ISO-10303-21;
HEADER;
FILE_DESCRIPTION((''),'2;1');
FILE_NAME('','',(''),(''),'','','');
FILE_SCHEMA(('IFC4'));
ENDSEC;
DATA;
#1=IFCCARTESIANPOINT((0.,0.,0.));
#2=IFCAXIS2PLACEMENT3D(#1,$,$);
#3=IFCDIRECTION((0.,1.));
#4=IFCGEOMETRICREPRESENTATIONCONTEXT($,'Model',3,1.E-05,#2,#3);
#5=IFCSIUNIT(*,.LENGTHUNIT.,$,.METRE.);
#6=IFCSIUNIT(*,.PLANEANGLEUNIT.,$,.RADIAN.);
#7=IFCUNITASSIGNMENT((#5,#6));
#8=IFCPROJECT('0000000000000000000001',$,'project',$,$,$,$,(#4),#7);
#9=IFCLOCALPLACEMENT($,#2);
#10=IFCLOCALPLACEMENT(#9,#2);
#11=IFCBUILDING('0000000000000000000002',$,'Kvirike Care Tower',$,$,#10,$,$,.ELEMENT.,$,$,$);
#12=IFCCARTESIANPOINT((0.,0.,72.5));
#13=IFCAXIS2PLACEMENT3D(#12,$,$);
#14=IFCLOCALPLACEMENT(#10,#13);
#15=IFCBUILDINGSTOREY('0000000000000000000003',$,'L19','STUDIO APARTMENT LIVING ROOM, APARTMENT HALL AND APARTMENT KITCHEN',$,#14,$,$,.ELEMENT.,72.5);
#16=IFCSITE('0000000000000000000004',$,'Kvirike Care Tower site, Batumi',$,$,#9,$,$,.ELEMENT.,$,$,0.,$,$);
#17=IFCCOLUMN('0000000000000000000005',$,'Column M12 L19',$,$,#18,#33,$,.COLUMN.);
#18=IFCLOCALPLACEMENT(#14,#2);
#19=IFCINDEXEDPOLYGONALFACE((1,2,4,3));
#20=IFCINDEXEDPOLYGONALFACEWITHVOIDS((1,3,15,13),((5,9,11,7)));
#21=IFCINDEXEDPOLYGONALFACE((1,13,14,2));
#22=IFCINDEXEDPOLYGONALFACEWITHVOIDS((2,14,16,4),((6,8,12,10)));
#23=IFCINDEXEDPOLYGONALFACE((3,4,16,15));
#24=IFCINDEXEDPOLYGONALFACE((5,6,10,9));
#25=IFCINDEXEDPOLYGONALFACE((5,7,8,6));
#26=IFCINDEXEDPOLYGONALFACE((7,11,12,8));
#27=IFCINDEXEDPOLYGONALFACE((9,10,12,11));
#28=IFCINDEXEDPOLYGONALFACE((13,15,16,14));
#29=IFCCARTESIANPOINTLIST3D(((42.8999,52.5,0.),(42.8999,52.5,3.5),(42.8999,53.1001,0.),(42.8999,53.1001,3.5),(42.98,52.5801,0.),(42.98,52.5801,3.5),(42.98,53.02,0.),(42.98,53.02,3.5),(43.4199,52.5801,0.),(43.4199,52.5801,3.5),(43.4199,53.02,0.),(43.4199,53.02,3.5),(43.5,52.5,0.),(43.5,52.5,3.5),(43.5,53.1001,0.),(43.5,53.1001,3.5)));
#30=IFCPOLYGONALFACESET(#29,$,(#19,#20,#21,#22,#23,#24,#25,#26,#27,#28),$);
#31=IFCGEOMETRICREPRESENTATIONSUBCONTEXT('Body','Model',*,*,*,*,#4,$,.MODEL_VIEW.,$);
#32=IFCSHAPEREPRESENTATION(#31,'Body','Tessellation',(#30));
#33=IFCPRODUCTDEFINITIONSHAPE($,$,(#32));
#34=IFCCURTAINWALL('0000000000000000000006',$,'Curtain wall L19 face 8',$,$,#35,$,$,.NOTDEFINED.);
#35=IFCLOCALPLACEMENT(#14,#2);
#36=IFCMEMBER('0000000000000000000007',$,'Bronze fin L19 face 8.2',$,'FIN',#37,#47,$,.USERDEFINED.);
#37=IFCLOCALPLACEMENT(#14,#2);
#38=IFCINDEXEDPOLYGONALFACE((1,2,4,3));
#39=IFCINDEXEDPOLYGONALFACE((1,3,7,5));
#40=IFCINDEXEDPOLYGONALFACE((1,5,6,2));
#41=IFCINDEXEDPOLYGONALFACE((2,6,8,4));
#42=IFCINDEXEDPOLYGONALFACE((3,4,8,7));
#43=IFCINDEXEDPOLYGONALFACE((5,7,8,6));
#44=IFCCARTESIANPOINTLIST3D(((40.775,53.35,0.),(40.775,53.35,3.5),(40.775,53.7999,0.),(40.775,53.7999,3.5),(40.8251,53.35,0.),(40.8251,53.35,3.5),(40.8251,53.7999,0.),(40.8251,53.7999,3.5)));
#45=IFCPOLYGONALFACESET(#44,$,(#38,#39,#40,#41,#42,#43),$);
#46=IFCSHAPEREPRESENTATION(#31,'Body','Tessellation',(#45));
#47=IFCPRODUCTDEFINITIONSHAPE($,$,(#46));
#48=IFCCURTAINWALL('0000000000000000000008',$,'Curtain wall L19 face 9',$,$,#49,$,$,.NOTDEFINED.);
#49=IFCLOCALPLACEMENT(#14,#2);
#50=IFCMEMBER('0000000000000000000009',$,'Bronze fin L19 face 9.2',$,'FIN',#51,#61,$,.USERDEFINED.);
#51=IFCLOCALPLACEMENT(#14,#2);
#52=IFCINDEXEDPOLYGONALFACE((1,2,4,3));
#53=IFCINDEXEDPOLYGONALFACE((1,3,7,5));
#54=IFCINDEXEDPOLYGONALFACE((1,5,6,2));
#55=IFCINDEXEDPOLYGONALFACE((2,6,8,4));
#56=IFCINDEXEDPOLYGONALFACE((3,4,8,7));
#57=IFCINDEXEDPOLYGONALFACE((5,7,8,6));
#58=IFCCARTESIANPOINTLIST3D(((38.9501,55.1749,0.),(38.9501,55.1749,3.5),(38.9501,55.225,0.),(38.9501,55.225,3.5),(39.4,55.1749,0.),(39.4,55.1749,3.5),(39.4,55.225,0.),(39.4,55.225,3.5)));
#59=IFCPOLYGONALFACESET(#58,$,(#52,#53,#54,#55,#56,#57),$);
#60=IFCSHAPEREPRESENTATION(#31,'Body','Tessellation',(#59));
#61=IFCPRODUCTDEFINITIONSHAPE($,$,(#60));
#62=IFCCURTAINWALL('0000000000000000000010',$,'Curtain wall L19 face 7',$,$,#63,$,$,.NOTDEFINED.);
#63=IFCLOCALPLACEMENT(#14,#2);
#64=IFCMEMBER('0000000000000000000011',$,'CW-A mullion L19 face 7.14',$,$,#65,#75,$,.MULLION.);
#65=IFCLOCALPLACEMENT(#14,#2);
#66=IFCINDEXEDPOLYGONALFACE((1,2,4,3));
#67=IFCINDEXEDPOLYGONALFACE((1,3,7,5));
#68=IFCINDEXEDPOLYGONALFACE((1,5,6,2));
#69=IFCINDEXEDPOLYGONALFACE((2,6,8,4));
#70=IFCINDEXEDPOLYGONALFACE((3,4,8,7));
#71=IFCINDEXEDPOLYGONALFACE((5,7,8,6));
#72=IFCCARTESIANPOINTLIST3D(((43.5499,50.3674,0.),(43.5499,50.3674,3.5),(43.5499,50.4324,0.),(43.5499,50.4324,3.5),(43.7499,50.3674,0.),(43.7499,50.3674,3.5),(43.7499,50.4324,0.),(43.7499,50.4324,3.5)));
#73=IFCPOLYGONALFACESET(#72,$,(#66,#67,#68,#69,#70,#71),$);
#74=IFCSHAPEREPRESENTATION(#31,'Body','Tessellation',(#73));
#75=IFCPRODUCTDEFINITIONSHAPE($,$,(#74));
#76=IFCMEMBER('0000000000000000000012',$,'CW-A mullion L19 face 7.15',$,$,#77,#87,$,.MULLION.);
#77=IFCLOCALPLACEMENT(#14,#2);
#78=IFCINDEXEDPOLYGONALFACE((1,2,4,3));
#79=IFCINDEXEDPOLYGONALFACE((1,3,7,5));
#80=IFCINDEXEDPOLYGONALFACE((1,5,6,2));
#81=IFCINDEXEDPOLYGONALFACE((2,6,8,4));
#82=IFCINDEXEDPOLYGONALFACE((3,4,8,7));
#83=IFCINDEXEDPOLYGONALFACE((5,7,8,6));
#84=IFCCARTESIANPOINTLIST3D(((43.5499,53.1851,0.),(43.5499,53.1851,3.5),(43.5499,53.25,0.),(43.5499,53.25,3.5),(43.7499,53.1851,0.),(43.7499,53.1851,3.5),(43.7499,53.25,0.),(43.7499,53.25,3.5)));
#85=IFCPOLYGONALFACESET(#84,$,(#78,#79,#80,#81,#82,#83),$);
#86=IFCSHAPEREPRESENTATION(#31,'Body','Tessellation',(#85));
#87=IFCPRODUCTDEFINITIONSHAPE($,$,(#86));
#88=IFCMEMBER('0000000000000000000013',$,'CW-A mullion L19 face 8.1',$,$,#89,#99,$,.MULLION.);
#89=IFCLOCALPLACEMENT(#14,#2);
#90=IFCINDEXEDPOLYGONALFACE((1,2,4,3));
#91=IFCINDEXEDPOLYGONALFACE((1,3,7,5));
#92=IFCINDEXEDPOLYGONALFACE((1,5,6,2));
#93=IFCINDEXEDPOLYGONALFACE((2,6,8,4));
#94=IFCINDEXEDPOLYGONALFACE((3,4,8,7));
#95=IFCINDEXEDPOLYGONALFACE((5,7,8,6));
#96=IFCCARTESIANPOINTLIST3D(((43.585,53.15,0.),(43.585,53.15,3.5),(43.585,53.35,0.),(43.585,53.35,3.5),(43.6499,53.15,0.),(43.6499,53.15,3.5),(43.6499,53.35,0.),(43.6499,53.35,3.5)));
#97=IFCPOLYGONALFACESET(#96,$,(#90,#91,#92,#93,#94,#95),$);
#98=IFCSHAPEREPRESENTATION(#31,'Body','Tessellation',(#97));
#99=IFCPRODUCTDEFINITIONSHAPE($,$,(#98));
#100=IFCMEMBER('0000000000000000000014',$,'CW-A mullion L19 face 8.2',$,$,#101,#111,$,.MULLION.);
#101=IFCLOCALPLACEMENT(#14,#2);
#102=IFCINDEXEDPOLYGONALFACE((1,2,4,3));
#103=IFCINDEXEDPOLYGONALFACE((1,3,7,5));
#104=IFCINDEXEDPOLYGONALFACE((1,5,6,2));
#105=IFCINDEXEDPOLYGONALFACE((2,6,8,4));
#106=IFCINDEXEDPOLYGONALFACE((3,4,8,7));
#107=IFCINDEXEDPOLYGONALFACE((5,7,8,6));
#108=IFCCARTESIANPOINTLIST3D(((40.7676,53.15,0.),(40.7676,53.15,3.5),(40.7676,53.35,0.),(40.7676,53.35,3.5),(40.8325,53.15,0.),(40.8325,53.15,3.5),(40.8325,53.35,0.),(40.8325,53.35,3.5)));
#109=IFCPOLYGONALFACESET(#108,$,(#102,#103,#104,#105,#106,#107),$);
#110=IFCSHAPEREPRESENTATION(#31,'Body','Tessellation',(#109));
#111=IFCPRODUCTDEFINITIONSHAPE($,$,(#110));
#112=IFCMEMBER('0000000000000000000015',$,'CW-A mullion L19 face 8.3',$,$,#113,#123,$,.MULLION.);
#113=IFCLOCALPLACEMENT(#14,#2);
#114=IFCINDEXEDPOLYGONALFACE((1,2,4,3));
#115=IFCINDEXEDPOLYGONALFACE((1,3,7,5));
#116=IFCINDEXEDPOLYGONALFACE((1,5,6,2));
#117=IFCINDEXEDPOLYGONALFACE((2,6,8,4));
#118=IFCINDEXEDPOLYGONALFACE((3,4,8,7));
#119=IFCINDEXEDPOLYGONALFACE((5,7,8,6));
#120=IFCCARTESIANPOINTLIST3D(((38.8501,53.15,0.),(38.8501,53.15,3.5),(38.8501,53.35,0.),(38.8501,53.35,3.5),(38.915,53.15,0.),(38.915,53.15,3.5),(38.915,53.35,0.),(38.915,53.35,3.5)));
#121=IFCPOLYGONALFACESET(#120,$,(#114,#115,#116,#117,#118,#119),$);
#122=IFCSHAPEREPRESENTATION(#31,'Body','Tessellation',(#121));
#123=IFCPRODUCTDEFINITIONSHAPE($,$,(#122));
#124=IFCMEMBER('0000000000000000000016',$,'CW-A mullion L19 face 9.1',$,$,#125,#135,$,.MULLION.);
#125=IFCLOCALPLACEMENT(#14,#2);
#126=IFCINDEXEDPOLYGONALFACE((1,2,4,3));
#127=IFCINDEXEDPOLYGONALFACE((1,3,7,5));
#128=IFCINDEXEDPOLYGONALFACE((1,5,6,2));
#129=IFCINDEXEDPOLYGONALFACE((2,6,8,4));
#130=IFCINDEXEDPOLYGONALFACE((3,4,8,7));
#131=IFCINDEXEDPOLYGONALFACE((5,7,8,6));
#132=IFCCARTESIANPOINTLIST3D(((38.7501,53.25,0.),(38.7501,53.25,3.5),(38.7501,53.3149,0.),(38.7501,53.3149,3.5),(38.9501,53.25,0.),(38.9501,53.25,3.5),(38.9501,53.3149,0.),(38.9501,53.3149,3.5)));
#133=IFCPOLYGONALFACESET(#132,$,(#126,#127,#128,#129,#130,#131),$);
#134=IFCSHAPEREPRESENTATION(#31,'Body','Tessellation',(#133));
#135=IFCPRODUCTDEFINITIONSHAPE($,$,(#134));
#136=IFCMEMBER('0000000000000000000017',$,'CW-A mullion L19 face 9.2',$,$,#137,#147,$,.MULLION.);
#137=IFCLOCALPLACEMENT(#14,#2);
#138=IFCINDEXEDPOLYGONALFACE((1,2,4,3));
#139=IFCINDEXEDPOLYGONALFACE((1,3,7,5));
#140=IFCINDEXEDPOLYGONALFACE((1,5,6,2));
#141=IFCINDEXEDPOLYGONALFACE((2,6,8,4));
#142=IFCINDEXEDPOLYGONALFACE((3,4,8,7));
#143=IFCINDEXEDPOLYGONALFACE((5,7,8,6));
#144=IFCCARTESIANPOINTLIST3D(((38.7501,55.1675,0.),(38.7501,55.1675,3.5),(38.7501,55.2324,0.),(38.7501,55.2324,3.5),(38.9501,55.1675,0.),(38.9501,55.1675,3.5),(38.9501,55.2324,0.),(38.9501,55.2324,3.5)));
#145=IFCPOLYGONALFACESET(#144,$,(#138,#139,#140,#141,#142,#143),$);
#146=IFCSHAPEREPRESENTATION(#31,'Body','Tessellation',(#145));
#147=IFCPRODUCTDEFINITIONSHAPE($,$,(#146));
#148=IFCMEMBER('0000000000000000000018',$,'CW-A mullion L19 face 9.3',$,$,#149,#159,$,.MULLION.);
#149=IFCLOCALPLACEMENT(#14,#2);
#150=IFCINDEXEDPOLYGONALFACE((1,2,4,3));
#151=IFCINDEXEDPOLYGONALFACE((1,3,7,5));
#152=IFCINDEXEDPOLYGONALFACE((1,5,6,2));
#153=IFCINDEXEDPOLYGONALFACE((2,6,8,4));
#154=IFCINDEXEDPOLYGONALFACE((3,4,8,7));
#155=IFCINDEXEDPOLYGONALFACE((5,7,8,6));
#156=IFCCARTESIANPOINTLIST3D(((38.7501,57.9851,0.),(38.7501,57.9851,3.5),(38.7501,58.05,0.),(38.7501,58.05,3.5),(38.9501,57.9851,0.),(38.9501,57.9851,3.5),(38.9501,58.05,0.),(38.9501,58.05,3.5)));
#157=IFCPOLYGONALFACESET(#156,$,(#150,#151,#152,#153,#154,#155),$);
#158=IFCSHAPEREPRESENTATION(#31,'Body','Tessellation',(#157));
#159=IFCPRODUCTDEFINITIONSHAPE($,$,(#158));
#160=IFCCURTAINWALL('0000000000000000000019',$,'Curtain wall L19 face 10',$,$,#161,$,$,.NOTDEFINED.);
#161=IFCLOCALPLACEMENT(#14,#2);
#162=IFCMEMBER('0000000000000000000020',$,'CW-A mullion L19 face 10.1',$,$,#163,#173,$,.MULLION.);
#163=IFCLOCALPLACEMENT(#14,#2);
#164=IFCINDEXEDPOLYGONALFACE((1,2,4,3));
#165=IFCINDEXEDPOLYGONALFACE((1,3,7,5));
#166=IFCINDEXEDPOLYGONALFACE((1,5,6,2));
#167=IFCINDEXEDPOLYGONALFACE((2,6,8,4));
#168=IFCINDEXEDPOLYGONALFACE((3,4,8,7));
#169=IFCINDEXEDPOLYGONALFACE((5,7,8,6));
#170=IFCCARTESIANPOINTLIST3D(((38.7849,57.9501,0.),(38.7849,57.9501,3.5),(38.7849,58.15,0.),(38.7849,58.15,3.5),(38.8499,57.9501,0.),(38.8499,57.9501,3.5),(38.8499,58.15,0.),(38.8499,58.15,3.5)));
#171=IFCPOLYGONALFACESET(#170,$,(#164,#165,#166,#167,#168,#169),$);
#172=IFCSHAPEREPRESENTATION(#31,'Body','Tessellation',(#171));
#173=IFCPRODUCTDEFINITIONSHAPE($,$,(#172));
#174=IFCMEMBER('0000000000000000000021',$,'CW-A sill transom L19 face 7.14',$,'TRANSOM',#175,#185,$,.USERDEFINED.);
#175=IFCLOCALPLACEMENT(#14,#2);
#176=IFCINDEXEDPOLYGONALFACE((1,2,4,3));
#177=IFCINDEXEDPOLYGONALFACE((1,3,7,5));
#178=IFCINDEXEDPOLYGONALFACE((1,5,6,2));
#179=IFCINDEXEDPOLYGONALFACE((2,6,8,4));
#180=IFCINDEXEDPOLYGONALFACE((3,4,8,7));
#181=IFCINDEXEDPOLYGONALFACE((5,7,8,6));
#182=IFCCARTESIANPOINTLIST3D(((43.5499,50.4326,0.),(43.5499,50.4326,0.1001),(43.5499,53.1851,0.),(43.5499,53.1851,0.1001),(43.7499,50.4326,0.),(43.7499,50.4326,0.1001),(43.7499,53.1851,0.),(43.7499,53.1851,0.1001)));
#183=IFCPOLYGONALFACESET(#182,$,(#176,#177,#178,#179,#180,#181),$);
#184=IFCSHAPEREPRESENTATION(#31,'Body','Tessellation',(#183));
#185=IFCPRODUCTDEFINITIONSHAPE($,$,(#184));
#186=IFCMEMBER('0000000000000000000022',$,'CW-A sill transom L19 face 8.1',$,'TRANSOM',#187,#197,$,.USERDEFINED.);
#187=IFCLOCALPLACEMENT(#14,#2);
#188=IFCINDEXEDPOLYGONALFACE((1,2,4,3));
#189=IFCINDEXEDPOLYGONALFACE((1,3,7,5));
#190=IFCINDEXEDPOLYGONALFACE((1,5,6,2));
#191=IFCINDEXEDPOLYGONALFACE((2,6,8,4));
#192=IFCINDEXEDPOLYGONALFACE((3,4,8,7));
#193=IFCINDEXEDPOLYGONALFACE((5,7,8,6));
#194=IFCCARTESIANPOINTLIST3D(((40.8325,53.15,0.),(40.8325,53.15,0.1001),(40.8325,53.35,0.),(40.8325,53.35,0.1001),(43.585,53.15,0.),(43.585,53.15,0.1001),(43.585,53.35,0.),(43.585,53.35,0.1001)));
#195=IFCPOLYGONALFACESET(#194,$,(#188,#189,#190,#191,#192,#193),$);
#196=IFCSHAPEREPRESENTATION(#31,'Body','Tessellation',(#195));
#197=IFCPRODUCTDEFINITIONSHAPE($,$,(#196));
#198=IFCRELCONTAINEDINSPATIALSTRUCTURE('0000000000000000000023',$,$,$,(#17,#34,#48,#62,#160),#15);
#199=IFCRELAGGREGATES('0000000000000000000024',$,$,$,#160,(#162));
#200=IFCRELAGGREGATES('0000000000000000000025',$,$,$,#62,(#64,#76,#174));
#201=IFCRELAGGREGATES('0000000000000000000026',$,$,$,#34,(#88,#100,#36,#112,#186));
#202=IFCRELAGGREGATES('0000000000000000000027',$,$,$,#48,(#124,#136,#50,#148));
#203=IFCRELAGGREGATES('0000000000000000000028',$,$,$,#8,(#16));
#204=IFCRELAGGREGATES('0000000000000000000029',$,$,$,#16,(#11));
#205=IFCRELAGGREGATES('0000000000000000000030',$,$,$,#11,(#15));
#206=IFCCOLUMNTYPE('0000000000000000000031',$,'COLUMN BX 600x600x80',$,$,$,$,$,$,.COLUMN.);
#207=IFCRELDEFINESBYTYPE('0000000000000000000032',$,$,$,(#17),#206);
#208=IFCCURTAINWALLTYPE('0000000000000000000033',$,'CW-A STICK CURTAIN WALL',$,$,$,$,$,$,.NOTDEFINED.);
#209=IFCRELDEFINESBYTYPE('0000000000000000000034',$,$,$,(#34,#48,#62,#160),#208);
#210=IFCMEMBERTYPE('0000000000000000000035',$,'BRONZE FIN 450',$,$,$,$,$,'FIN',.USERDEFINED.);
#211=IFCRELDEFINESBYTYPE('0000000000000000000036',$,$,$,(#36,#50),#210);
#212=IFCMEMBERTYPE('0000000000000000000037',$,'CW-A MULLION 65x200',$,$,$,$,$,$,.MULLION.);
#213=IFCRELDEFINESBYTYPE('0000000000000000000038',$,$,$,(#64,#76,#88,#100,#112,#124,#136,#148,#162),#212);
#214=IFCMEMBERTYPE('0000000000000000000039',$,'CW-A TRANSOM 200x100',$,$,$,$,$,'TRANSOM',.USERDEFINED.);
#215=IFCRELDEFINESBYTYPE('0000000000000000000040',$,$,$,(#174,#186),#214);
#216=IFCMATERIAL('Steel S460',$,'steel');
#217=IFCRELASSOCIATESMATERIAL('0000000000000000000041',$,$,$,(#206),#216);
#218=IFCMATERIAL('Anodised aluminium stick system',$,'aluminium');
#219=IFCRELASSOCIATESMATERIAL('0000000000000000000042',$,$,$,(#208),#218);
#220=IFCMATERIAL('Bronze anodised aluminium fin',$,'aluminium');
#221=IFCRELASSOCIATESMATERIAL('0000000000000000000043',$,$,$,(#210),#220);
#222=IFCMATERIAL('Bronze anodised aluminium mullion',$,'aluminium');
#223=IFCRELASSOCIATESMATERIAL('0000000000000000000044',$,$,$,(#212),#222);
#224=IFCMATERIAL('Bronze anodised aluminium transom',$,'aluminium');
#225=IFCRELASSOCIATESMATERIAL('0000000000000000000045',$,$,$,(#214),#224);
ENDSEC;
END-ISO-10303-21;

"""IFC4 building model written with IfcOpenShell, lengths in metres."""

from ifc_helpers import new_model, si_unit, direction, frame, origin, origin_2d, place, context, subcontext, project, spatial, rectangle, hollow_rectangle, extrude, material, material_profile, profile_set, type_object, element, aggregate, save


model = new_model("IFC4")

# Units and contexts
model_context = context("Model", 3, precision=1e-05, world=origin(), true_north=direction((0.0, 1.0)))
body_context = subcontext(model_context, "Body", "Model", "MODEL_VIEW")
ifc_project = project(units=[si_unit("LENGTHUNIT", "METRE"), si_unit("PLANEANGLEUNIT", "RADIAN")], contexts=[model_context])

# Site, building, storey
site_placement = place(None, origin())
site = spatial("IfcSite", under=ifc_project, at=site_placement, Name="Kvirike Care Tower site, Batumi", CompositionType="ELEMENT", RefElevation=0.0)
building_placement = place(site_placement, origin())
building = spatial("IfcBuilding", under=site, at=building_placement, Name="Kvirike Care Tower", CompositionType="ELEMENT")
storey_placement = place(building_placement, frame((0.0, 0.0, 72.5)))
storey = spatial("IfcBuildingStorey", under=building, at=storey_placement, Name="L19", Description="STUDIO APARTMENT LIVING ROOM, APARTMENT HALL AND APARTMENT KITCHEN", CompositionType="ELEMENT", Elevation=72.5)

# Column
ifc_material_1 = material(Name="Steel S460", Category="steel")
ifc_material_profile_1 = material_profile(ifc_material_1, hollow_rectangle(XDim=0.6001, YDim=0.6001, WallThickness=0.0801, at=origin_2d()), Name="BX 600x600x80")
ifc_profile_set_1 = profile_set([ifc_material_profile_1], Name="Steel S460")
column_type = type_object("IfcColumnType", Name="COLUMN BX 600x600x80", PredefinedType="COLUMN", material=ifc_profile_set_1)
column_placement = place(storey_placement, frame((43.2, 52.8, 0.0), z_axis=(0.0, 0.0, 1.0), x_axis=(0.0, 1.0, 0.0)))
element("IfcColumn", 1, at=column_placement, inside=storey, type_object=column_type, Name="Column M12 L19", PredefinedType="COLUMN", context=body_context, shape_type="SweptSolid", body=[
    extrude(hollow_rectangle(XDim=0.6001, YDim=0.6001, WallThickness=0.0801, at=origin_2d()), origin(), (0.0, 0.0, 1.0), 3.5),
])

# Curtain walls, members
ifc_material_2 = material(Name="Anodised aluminium stick system", Category="aluminium")
curtain_wall_type = type_object("IfcCurtainWallType", Name="CW-A STICK CURTAIN WALL", PredefinedType="NOTDEFINED", material=ifc_material_2)
curtain_wall_1_placement = place(storey_placement, origin())
curtain_wall_1 = element("IfcCurtainWall", 2, at=curtain_wall_1_placement, inside=storey, type_object=curtain_wall_type, Name="Curtain wall L19 face 8", PredefinedType="NOTDEFINED")
ifc_material_3 = material(Name="Bronze anodised aluminium fin", Category="aluminium")
ifc_material_profile_2 = material_profile(ifc_material_3, rectangle(XDim=0.05, YDim=0.45, at=origin_2d()), Name="BRONZE FIN 450")
ifc_profile_set_2 = profile_set([ifc_material_profile_2], Name="Bronze anodised aluminium fin")
member_type_1 = type_object("IfcMemberType", Name="BRONZE FIN 450", ElementType="FIN", PredefinedType="USERDEFINED", material=ifc_profile_set_2)
member_1_placement = place(storey_placement, frame((40.8, 53.575, 0.0), z_axis=(0.0, 0.0, 1.0), x_axis=(-1.0, 0.0, 0.0)))
member_1 = element("IfcMember", 3, at=member_1_placement, type_object=member_type_1, Name="Bronze fin L19 face 8.2", ObjectType="FIN", PredefinedType="USERDEFINED", context=body_context, shape_type="SweptSolid", body=[
    extrude(rectangle(XDim=0.05, YDim=0.45, at=origin_2d()), origin(), (0.0, 0.0, 1.0), 3.5),
])
curtain_wall_2_placement = place(storey_placement, origin())
curtain_wall_2 = element("IfcCurtainWall", 4, at=curtain_wall_2_placement, inside=storey, type_object=curtain_wall_type, Name="Curtain wall L19 face 9", PredefinedType="NOTDEFINED")
member_2_placement = place(storey_placement, frame((39.175, 55.2, 0.0), z_axis=(0.0, 0.0, 1.0), x_axis=(0.0, 1.0, 0.0)))
member_2 = element("IfcMember", 5, at=member_2_placement, type_object=member_type_1, Name="Bronze fin L19 face 9.2", ObjectType="FIN", PredefinedType="USERDEFINED", context=body_context, shape_type="SweptSolid", body=[
    extrude(rectangle(XDim=0.05, YDim=0.45, at=origin_2d()), origin(), (0.0, 0.0, 1.0), 3.5),
])

# Curtain wall, members
curtain_wall_3_placement = place(storey_placement, origin())
curtain_wall_3 = element("IfcCurtainWall", 6, at=curtain_wall_3_placement, inside=storey, type_object=curtain_wall_type, Name="Curtain wall L19 face 7", PredefinedType="NOTDEFINED")
ifc_material_4 = material(Name="Bronze anodised aluminium mullion", Category="aluminium")
ifc_material_profile_3 = material_profile(ifc_material_4, rectangle(XDim=0.0649, YDim=0.2, at=origin_2d()), Name="CW-A MULLION 65x200")
ifc_profile_set_3 = profile_set([ifc_material_profile_3], Name="Bronze anodised aluminium mullion")
member_type_2 = type_object("IfcMemberType", Name="CW-A MULLION 65x200", PredefinedType="MULLION", material=ifc_profile_set_3)
member_3_placement = place(storey_placement, frame((43.6499, 50.3999, 0.0), z_axis=(0.0, 0.0, 1.0), x_axis=(0.0, 1.0, 0.0)))
member_3 = element("IfcMember", 7, at=member_3_placement, type_object=member_type_2, Name="CW-A mullion L19 face 7.14", PredefinedType="MULLION", context=body_context, shape_type="SweptSolid", body=[
    extrude(rectangle(XDim=0.0649, YDim=0.2, at=origin_2d()), origin(), (0.0, 0.0, 1.0), 3.5),
])
member_4_placement = place(storey_placement, frame((43.6499, 53.2175, 0.0), z_axis=(0.0, 0.0, 1.0), x_axis=(0.0, 1.0, 0.0)))
member_4 = element("IfcMember", 8, at=member_4_placement, type_object=member_type_2, Name="CW-A mullion L19 face 7.15", PredefinedType="MULLION", context=body_context, shape_type="SweptSolid", body=[
    extrude(rectangle(XDim=0.0649, YDim=0.2, at=origin_2d()), origin(), (0.0, 0.0, 1.0), 3.5),
])

# Members
member_5_placement = place(storey_placement, frame((43.6174, 53.25, 0.0), z_axis=(0.0, 0.0, 1.0), x_axis=(-1.0, 0.0, 0.0)))
member_5 = element("IfcMember", 9, at=member_5_placement, type_object=member_type_2, Name="CW-A mullion L19 face 8.1", PredefinedType="MULLION", context=body_context, shape_type="SweptSolid", body=[
    extrude(rectangle(XDim=0.0649, YDim=0.2, at=origin_2d()), origin(), (0.0, 0.0, 1.0), 3.5),
])
member_6_placement = place(storey_placement, frame((40.8, 53.25, 0.0), z_axis=(0.0, 0.0, 1.0), x_axis=(-1.0, 0.0, 0.0)))
member_6 = element("IfcMember", 10, at=member_6_placement, type_object=member_type_2, Name="CW-A mullion L19 face 8.2", PredefinedType="MULLION", context=body_context, shape_type="SweptSolid", body=[
    extrude(rectangle(XDim=0.0649, YDim=0.2, at=origin_2d()), origin(), (0.0, 0.0, 1.0), 3.5),
])
member_7_placement = place(storey_placement, frame((38.8826, 53.25, 0.0), z_axis=(0.0, 0.0, 1.0), x_axis=(-1.0, 0.0, 0.0)))
member_7 = element("IfcMember", 11, at=member_7_placement, type_object=member_type_2, Name="CW-A mullion L19 face 8.3", PredefinedType="MULLION", context=body_context, shape_type="SweptSolid", body=[
    extrude(rectangle(XDim=0.0649, YDim=0.2, at=origin_2d()), origin(), (0.0, 0.0, 1.0), 3.5),
])
member_8_placement = place(storey_placement, frame((38.8501, 53.2825, 0.0), z_axis=(0.0, 0.0, 1.0), x_axis=(0.0, 1.0, 0.0)))
member_8 = element("IfcMember", 12, at=member_8_placement, type_object=member_type_2, Name="CW-A mullion L19 face 9.1", PredefinedType="MULLION", context=body_context, shape_type="SweptSolid", body=[
    extrude(rectangle(XDim=0.0649, YDim=0.2, at=origin_2d()), origin(), (0.0, 0.0, 1.0), 3.5),
])
member_9_placement = place(storey_placement, frame((38.8501, 55.2, 0.0), z_axis=(0.0, 0.0, 1.0), x_axis=(0.0, 1.0, 0.0)))
member_9 = element("IfcMember", 13, at=member_9_placement, type_object=member_type_2, Name="CW-A mullion L19 face 9.2", PredefinedType="MULLION", context=body_context, shape_type="SweptSolid", body=[
    extrude(rectangle(XDim=0.0649, YDim=0.2, at=origin_2d()), origin(), (0.0, 0.0, 1.0), 3.5),
])
member_10_placement = place(storey_placement, frame((38.8501, 58.0176, 0.0), z_axis=(0.0, 0.0, 1.0), x_axis=(0.0, 1.0, 0.0)))
member_10 = element("IfcMember", 14, at=member_10_placement, type_object=member_type_2, Name="CW-A mullion L19 face 9.3", PredefinedType="MULLION", context=body_context, shape_type="SweptSolid", body=[
    extrude(rectangle(XDim=0.0649, YDim=0.2, at=origin_2d()), origin(), (0.0, 0.0, 1.0), 3.5),
])

# Curtain wall, member
curtain_wall_4_placement = place(storey_placement, origin())
curtain_wall_4 = element("IfcCurtainWall", 15, at=curtain_wall_4_placement, inside=storey, type_object=curtain_wall_type, Name="Curtain wall L19 face 10", PredefinedType="NOTDEFINED")
member_11_placement = place(storey_placement, frame((38.8174, 58.05, 0.0), z_axis=(0.0, 0.0, 1.0), x_axis=(-1.0, 0.0, 0.0)))
member_11 = element("IfcMember", 16, at=member_11_placement, type_object=member_type_2, Name="CW-A mullion L19 face 10.1", PredefinedType="MULLION", context=body_context, shape_type="SweptSolid", body=[
    extrude(rectangle(XDim=0.0649, YDim=0.2, at=origin_2d()), origin(), (0.0, 0.0, 1.0), 3.5),
])
aggregate(curtain_wall_4, [member_11])

# Members
ifc_material_5 = material(Name="Bronze anodised aluminium transom", Category="aluminium")
ifc_material_profile_4 = material_profile(ifc_material_5, rectangle(XDim=0.2, YDim=0.1001, at=origin_2d()), Name="CW-A TRANSOM 200x100")
ifc_profile_set_4 = profile_set([ifc_material_profile_4], Name="Bronze anodised aluminium transom")
member_type_3 = type_object("IfcMemberType", Name="CW-A TRANSOM 200x100", ElementType="TRANSOM", PredefinedType="USERDEFINED", material=ifc_profile_set_4)
member_12_placement = place(storey_placement, frame((43.6499, 50.4326, 0.05), z_axis=(0.0, 1.0, 0.0), x_axis=(-1.0, 0.0, 0.0)))
member_12 = element("IfcMember", 17, at=member_12_placement, type_object=member_type_3, Name="CW-A sill transom L19 face 7.14", ObjectType="TRANSOM", PredefinedType="USERDEFINED", context=body_context, shape_type="SweptSolid", body=[
    extrude(rectangle(XDim=0.2, YDim=0.1001, at=origin_2d()), origin(), (0.0, 0.0, 1.0), 2.7524),
])
member_13_placement = place(storey_placement, frame((43.585, 53.25, 0.05), z_axis=(-1.0, 0.0, 0.0), x_axis=(0.0, -1.0, 0.0)))
member_13 = element("IfcMember", 18, at=member_13_placement, type_object=member_type_3, Name="CW-A sill transom L19 face 8.1", ObjectType="TRANSOM", PredefinedType="USERDEFINED", context=body_context, shape_type="SweptSolid", body=[
    extrude(rectangle(XDim=0.2, YDim=0.1001, at=origin_2d()), origin(), (0.0, 0.0, 1.0), 2.7524),
])

aggregate(curtain_wall_3, [member_3, member_4, member_12])
aggregate(curtain_wall_1, [member_5, member_6, member_1, member_7, member_13])
aggregate(curtain_wall_2, [member_8, member_9, member_2, member_10])

save(model, "model.ifc")
